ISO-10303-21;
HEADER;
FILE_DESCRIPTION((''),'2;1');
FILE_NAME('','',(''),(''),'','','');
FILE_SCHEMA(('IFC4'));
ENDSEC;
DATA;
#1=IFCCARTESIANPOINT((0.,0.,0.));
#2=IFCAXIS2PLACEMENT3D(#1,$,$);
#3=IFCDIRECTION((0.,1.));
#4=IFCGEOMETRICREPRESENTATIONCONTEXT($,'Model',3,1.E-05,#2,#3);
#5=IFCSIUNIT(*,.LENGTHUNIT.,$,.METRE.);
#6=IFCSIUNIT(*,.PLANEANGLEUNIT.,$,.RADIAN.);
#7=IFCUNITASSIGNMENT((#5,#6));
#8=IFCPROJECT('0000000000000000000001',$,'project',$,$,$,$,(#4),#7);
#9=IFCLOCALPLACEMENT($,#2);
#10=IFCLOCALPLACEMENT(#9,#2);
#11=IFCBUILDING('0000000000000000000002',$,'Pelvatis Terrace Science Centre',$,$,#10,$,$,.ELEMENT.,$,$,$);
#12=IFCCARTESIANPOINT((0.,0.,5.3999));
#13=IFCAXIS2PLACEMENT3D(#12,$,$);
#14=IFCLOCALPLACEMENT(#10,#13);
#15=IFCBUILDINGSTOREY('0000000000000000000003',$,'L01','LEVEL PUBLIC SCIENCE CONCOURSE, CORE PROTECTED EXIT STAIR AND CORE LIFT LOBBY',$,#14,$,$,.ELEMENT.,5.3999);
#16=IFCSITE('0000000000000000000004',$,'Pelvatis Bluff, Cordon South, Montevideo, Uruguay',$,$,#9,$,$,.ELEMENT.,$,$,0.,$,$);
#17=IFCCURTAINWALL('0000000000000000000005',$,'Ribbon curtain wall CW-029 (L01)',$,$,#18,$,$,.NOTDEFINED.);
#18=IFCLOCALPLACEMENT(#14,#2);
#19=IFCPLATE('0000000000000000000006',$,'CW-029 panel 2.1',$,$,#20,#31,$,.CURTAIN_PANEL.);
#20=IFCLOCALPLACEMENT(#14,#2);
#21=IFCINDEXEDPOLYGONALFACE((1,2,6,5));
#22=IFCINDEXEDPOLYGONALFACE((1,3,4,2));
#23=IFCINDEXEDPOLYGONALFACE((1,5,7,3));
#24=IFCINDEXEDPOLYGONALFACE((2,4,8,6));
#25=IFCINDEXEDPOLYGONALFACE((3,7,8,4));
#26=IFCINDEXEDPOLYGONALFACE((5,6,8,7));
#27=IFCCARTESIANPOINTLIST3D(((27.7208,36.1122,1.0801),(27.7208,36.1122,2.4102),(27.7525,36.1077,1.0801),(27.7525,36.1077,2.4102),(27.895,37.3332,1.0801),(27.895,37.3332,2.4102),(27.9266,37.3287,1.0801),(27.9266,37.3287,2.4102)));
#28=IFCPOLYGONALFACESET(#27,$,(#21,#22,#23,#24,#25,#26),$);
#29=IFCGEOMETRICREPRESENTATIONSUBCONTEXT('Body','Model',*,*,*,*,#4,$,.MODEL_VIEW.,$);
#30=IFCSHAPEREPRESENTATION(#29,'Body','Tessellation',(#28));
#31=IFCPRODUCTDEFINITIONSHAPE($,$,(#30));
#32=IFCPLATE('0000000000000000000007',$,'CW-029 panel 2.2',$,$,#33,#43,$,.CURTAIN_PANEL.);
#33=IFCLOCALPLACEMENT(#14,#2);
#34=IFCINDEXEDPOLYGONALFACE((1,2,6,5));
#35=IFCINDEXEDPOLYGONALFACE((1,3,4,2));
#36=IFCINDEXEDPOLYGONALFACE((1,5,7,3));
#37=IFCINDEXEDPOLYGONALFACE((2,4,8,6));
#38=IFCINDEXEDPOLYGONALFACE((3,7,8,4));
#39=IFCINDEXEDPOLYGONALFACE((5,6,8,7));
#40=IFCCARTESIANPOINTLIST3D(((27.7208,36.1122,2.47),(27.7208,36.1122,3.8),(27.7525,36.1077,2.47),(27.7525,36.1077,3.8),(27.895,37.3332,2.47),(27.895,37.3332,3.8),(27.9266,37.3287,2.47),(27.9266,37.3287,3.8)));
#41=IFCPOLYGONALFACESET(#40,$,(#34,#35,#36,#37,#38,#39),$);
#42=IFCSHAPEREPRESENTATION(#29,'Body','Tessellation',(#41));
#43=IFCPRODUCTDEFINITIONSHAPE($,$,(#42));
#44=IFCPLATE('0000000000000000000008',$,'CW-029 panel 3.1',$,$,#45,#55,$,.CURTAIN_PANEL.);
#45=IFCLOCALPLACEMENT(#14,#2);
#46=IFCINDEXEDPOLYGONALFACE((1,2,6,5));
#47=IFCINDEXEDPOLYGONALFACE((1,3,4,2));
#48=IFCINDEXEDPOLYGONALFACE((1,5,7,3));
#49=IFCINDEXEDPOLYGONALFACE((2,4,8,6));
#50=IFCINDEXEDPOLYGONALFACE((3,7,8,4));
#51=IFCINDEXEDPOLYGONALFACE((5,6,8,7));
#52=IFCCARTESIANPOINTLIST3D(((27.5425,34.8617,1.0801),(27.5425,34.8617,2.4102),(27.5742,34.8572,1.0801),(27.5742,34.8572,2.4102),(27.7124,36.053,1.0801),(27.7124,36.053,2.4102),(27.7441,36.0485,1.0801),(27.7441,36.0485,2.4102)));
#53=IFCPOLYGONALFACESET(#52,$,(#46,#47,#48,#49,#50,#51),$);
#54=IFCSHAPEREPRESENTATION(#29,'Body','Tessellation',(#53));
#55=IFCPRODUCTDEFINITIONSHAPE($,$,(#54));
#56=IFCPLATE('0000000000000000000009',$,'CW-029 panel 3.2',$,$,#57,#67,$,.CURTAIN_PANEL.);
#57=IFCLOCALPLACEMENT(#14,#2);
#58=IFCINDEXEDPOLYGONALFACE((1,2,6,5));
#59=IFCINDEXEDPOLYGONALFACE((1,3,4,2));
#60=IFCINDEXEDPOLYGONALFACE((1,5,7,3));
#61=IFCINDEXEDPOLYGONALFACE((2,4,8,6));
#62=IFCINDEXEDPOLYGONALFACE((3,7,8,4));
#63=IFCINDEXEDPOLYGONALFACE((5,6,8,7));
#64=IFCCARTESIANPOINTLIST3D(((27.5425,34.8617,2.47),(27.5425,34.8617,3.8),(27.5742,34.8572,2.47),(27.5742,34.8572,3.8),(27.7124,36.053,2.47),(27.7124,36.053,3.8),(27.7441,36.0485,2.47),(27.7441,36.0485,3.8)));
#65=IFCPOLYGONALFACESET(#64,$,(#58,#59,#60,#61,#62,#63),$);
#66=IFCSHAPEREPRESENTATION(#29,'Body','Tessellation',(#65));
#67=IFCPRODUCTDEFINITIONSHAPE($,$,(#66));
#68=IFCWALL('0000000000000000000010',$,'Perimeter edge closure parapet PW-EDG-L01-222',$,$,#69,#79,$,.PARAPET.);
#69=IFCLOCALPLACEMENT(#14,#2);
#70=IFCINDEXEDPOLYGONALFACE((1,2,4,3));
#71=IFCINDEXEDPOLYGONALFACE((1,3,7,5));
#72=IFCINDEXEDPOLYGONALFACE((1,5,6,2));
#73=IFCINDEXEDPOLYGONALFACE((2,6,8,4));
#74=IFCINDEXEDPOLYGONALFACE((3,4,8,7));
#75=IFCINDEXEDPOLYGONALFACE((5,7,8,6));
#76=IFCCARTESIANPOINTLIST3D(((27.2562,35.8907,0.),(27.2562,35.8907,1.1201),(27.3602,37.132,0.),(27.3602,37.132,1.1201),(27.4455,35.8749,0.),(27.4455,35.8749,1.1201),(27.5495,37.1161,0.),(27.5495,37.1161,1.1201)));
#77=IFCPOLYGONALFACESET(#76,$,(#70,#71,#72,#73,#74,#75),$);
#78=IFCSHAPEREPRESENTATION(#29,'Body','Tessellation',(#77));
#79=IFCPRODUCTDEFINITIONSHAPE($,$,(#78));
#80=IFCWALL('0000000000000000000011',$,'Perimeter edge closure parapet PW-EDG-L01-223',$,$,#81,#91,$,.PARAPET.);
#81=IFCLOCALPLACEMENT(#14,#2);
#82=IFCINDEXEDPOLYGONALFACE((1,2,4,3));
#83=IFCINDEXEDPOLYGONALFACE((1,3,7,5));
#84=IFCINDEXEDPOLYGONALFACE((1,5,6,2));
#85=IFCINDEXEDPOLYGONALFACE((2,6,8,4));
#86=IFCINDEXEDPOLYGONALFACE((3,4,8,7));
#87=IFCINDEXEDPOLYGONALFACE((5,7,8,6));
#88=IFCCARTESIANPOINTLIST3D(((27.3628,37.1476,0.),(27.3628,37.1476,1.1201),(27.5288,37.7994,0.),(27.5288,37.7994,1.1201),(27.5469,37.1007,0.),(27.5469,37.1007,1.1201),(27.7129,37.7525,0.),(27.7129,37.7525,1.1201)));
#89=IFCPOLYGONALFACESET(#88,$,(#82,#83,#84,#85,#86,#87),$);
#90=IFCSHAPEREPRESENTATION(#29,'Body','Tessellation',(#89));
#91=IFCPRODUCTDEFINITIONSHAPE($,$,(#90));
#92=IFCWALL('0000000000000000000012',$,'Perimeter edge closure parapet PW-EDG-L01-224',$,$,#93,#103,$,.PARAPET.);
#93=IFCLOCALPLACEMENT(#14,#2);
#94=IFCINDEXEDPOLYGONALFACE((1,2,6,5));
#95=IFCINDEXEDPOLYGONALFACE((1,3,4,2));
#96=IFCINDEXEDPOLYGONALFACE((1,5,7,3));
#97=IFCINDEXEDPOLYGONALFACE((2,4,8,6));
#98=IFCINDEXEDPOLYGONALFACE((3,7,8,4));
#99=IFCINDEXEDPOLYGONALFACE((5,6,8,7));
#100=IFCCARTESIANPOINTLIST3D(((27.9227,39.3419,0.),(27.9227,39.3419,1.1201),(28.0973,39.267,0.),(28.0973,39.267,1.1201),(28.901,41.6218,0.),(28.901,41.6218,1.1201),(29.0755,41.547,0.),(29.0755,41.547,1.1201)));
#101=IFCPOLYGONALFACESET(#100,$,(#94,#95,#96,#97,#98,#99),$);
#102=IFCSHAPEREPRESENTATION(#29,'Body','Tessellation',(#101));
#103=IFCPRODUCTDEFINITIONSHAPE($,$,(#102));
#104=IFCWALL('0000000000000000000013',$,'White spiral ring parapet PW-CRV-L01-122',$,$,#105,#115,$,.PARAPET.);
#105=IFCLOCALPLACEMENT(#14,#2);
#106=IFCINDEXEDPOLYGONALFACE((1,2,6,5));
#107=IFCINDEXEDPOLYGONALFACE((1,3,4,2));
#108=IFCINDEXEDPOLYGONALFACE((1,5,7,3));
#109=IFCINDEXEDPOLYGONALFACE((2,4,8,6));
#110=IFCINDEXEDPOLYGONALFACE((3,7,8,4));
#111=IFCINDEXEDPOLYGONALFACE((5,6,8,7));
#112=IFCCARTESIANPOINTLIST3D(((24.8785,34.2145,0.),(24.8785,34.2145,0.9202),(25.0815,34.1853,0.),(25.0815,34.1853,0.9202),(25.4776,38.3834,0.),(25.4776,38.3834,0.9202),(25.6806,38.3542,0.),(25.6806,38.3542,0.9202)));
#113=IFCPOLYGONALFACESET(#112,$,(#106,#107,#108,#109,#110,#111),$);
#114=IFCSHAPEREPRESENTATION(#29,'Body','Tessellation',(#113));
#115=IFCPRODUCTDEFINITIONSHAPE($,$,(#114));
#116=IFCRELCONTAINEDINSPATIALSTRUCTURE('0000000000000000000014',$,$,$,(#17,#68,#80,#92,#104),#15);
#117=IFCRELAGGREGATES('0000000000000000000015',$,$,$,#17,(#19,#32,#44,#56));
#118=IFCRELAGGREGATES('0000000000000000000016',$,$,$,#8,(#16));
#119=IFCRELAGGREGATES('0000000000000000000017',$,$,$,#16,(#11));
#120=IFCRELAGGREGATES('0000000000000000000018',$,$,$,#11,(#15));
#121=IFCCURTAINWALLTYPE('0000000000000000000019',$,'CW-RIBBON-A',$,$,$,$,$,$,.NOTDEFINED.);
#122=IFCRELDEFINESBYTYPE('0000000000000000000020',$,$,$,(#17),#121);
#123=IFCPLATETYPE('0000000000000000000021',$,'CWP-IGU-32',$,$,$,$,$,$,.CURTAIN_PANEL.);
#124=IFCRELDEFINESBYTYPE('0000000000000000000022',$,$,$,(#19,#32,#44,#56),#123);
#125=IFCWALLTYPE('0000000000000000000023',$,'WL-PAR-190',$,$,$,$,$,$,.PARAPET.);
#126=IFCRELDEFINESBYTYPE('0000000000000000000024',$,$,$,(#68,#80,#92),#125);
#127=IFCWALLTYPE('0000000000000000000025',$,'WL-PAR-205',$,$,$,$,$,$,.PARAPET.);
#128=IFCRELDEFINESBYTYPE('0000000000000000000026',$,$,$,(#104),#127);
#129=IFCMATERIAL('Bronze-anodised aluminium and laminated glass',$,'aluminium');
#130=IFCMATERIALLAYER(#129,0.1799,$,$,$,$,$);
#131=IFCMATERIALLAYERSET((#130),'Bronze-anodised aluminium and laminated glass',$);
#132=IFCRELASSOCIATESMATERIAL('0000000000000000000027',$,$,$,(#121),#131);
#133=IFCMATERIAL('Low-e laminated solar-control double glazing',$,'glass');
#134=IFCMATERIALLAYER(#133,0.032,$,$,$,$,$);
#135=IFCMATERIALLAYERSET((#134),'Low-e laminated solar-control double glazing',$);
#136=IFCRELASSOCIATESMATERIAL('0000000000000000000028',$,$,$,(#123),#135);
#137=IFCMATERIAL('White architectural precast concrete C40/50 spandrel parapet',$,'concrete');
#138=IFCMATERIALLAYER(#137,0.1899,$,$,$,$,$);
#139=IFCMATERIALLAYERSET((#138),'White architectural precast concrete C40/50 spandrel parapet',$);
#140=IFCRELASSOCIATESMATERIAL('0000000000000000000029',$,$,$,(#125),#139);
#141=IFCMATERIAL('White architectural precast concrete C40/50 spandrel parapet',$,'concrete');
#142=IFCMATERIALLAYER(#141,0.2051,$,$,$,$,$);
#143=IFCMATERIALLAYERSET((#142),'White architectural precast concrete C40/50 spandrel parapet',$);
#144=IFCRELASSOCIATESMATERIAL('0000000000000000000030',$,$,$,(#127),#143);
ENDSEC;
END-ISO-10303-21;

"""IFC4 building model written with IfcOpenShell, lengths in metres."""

from ifc_helpers import new_model, si_unit, direction, frame, frame_2d, origin, origin_2d, place, context, subcontext, project, spatial, rectangle, extrude, material, layer, layer_set, type_object, element, aggregate, save


model = new_model("IFC4")

# Units and contexts
model_context = context("Model", 3, precision=1e-05, world=origin(), true_north=direction((0.0, 1.0)))
body_context = subcontext(model_context, "Body", "Model", "MODEL_VIEW")
ifc_project = project(units=[si_unit("LENGTHUNIT", "METRE"), si_unit("PLANEANGLEUNIT", "RADIAN")], contexts=[model_context])

# Site, building, storey
site_placement = place(None, origin())
site = spatial("IfcSite", under=ifc_project, at=site_placement, Name="Pelvatis Bluff, Cordon South, Montevideo, Uruguay", CompositionType="ELEMENT", RefElevation=0.0)
building_placement = place(site_placement, origin())
building = spatial("IfcBuilding", under=site, at=building_placement, Name="Pelvatis Terrace Science Centre", CompositionType="ELEMENT")
storey_placement = place(building_placement, frame((0.0, 0.0, 5.3999)))
storey = spatial("IfcBuildingStorey", under=building, at=storey_placement, Name="L01", Description="LEVEL PUBLIC SCIENCE CONCOURSE, CORE PROTECTED EXIT STAIR AND CORE LIFT LOBBY", CompositionType="ELEMENT", Elevation=5.3999)

# Curtain wall, plates
ifc_material_1 = material(Name="Bronze-anodised aluminium and laminated glass", Category="aluminium")
ifc_layer_1 = layer(ifc_material_1, 0.1799)
ifc_layer_set_1 = layer_set([ifc_layer_1], Name="Bronze-anodised aluminium and laminated glass")
curtain_wall_type = type_object("IfcCurtainWallType", Name="CW-RIBBON-A", PredefinedType="NOTDEFINED", material=ifc_layer_set_1)
curtain_wall_placement = place(storey_placement, origin())
curtain_wall = element("IfcCurtainWall", 1, at=curtain_wall_placement, inside=storey, type_object=curtain_wall_type, Name="Ribbon curtain wall CW-029 (L01)", PredefinedType="NOTDEFINED")
ifc_material_2 = material(Name="Low-e laminated solar-control double glazing", Category="glass")
ifc_layer_2 = layer(ifc_material_2, 0.032)
ifc_layer_set_2 = layer_set([ifc_layer_2], Name="Low-e laminated solar-control double glazing")
plate_type = type_object("IfcPlateType", Name="CWP-IGU-32", PredefinedType="CURTAIN_PANEL", material=ifc_layer_set_2)
plate_1_placement = place(storey_placement, frame((27.8237, 36.7205, 1.0801), z_axis=(0.0, 0.0, 1.0), x_axis=(-0.141165, -0.989986, 0.0)))
plate_1 = element("IfcPlate", 2, at=plate_1_placement, type_object=plate_type, Name="CW-029 panel 2.1", PredefinedType="CURTAIN_PANEL", context=body_context, shape_type="SweptSolid", body=[
    extrude(rectangle(XDim=1.2334, YDim=0.032, at=origin_2d()), origin(), (0.0, 0.0, 1.0), 1.3301),
])
plate_2_placement = place(storey_placement, frame((27.8237, 36.7205, 2.47), z_axis=(0.0, 0.0, 1.0), x_axis=(-0.141165, -0.989986, 0.0)))
plate_2 = element("IfcPlate", 3, at=plate_2_placement, type_object=plate_type, Name="CW-029 panel 2.2", PredefinedType="CURTAIN_PANEL", context=body_context, shape_type="SweptSolid", body=[
    extrude(rectangle(XDim=1.2334, YDim=0.032, at=origin_2d()), origin(), (0.0, 0.0, 1.0), 1.3301),
])
plate_3_placement = place(storey_placement, frame((27.6433, 35.4551, 1.0801), z_axis=(0.0, 0.0, 1.0), x_axis=(-0.141165, -0.989986, 0.0)))
plate_3 = element("IfcPlate", 4, at=plate_3_placement, type_object=plate_type, Name="CW-029 panel 3.1", PredefinedType="CURTAIN_PANEL", context=body_context, shape_type="SweptSolid", body=[
    extrude(rectangle(XDim=1.2034, YDim=0.032, at=origin_2d()), origin(), (0.0, 0.0, 1.0), 1.3301),
])
plate_4_placement = place(storey_placement, frame((27.6433, 35.4551, 2.47), z_axis=(0.0, 0.0, 1.0), x_axis=(-0.141165, -0.989986, 0.0)))
plate_4 = element("IfcPlate", 5, at=plate_4_placement, type_object=plate_type, Name="CW-029 panel 3.2", PredefinedType="CURTAIN_PANEL", context=body_context, shape_type="SweptSolid", body=[
    extrude(rectangle(XDim=1.2034, YDim=0.032, at=origin_2d()), origin(), (0.0, 0.0, 1.0), 1.3301),
])
aggregate(curtain_wall, [plate_1, plate_2, plate_3, plate_4])

# Walls
ifc_material_3 = material(Name="White architectural precast concrete C40/50 spandrel parapet", Category="concrete")
ifc_layer_3 = layer(ifc_material_3, 0.1899)
ifc_layer_set_3 = layer_set([ifc_layer_3], Name="White architectural precast concrete C40/50 spandrel parapet")
wall_type_1 = type_object("IfcWallType", Name="WL-PAR-190", PredefinedType="PARAPET", material=ifc_layer_set_3)
wall_1_placement = place(storey_placement, frame((27.3508, 35.8828, 0.0), z_axis=(0.0, 0.0, 1.0), x_axis=(0.0835, 0.996508, 0.0)))
element("IfcWall", 6, at=wall_1_placement, inside=storey, type_object=wall_type_1, Name="Perimeter edge closure parapet PW-EDG-L01-222", PredefinedType="PARAPET", context=body_context, shape_type="SweptSolid", body=[
    extrude(rectangle(XDim=1.2456, YDim=0.1899, at=frame_2d((0.6228, 0.0))), origin(), (0.0, 0.0, 1.0), 1.1201),
])
wall_2_placement = place(storey_placement, frame((27.4548, 37.124, 0.0), z_axis=(0.0, 0.0, 1.0), x_axis=(0.246803, 0.969066, 0.0)))
element("IfcWall", 7, at=wall_2_placement, inside=storey, type_object=wall_type_1, Name="Perimeter edge closure parapet PW-EDG-L01-223", PredefinedType="PARAPET", context=body_context, shape_type="SweptSolid", body=[
    extrude(rectangle(XDim=0.6726, YDim=0.1899, at=frame_2d((0.3364, 0.0))), origin(), (0.0, 0.0, 1.0), 1.1201),
])
wall_3_placement = place(storey_placement, frame((28.01, 39.3044, 0.0), z_axis=(0.0, 0.0, 1.0), x_axis=(0.394299, 0.918982, 0.0)))
element("IfcWall", 8, at=wall_3_placement, inside=storey, type_object=wall_type_1, Name="Perimeter edge closure parapet PW-EDG-L01-224", PredefinedType="PARAPET", context=body_context, shape_type="SweptSolid", body=[
    extrude(rectangle(XDim=2.481, YDim=0.1899, at=frame_2d((1.2405, 0.0))), origin(), (0.0, 0.0, 1.0), 1.1201),
])
ifc_material_4 = material(Name="White architectural precast concrete C40/50 spandrel parapet", Category="concrete")
ifc_layer_4 = layer(ifc_material_4, 0.2051)
ifc_layer_set_4 = layer_set([ifc_layer_4], Name="White architectural precast concrete C40/50 spandrel parapet")
wall_type_2 = type_object("IfcWallType", Name="WL-PAR-205", PredefinedType="PARAPET", material=ifc_layer_set_4)
wall_4_placement = place(storey_placement, frame((25.5791, 38.3689, 0.0), z_axis=(0.0, 0.0, 1.0), x_axis=(-0.142249, -0.989831, 0.0)))
element("IfcWall", 9, at=wall_4_placement, inside=storey, type_object=wall_type_2, Name="White spiral ring parapet PW-CRV-L01-122", PredefinedType="PARAPET", context=body_context, shape_type="SweptSolid", body=[
    extrude(rectangle(XDim=4.2117, YDim=0.2051, at=frame_2d((2.106, 0.0))), origin(), (0.0, 0.0, 1.0), 0.9202),
])

save(model, "model.ifc")
